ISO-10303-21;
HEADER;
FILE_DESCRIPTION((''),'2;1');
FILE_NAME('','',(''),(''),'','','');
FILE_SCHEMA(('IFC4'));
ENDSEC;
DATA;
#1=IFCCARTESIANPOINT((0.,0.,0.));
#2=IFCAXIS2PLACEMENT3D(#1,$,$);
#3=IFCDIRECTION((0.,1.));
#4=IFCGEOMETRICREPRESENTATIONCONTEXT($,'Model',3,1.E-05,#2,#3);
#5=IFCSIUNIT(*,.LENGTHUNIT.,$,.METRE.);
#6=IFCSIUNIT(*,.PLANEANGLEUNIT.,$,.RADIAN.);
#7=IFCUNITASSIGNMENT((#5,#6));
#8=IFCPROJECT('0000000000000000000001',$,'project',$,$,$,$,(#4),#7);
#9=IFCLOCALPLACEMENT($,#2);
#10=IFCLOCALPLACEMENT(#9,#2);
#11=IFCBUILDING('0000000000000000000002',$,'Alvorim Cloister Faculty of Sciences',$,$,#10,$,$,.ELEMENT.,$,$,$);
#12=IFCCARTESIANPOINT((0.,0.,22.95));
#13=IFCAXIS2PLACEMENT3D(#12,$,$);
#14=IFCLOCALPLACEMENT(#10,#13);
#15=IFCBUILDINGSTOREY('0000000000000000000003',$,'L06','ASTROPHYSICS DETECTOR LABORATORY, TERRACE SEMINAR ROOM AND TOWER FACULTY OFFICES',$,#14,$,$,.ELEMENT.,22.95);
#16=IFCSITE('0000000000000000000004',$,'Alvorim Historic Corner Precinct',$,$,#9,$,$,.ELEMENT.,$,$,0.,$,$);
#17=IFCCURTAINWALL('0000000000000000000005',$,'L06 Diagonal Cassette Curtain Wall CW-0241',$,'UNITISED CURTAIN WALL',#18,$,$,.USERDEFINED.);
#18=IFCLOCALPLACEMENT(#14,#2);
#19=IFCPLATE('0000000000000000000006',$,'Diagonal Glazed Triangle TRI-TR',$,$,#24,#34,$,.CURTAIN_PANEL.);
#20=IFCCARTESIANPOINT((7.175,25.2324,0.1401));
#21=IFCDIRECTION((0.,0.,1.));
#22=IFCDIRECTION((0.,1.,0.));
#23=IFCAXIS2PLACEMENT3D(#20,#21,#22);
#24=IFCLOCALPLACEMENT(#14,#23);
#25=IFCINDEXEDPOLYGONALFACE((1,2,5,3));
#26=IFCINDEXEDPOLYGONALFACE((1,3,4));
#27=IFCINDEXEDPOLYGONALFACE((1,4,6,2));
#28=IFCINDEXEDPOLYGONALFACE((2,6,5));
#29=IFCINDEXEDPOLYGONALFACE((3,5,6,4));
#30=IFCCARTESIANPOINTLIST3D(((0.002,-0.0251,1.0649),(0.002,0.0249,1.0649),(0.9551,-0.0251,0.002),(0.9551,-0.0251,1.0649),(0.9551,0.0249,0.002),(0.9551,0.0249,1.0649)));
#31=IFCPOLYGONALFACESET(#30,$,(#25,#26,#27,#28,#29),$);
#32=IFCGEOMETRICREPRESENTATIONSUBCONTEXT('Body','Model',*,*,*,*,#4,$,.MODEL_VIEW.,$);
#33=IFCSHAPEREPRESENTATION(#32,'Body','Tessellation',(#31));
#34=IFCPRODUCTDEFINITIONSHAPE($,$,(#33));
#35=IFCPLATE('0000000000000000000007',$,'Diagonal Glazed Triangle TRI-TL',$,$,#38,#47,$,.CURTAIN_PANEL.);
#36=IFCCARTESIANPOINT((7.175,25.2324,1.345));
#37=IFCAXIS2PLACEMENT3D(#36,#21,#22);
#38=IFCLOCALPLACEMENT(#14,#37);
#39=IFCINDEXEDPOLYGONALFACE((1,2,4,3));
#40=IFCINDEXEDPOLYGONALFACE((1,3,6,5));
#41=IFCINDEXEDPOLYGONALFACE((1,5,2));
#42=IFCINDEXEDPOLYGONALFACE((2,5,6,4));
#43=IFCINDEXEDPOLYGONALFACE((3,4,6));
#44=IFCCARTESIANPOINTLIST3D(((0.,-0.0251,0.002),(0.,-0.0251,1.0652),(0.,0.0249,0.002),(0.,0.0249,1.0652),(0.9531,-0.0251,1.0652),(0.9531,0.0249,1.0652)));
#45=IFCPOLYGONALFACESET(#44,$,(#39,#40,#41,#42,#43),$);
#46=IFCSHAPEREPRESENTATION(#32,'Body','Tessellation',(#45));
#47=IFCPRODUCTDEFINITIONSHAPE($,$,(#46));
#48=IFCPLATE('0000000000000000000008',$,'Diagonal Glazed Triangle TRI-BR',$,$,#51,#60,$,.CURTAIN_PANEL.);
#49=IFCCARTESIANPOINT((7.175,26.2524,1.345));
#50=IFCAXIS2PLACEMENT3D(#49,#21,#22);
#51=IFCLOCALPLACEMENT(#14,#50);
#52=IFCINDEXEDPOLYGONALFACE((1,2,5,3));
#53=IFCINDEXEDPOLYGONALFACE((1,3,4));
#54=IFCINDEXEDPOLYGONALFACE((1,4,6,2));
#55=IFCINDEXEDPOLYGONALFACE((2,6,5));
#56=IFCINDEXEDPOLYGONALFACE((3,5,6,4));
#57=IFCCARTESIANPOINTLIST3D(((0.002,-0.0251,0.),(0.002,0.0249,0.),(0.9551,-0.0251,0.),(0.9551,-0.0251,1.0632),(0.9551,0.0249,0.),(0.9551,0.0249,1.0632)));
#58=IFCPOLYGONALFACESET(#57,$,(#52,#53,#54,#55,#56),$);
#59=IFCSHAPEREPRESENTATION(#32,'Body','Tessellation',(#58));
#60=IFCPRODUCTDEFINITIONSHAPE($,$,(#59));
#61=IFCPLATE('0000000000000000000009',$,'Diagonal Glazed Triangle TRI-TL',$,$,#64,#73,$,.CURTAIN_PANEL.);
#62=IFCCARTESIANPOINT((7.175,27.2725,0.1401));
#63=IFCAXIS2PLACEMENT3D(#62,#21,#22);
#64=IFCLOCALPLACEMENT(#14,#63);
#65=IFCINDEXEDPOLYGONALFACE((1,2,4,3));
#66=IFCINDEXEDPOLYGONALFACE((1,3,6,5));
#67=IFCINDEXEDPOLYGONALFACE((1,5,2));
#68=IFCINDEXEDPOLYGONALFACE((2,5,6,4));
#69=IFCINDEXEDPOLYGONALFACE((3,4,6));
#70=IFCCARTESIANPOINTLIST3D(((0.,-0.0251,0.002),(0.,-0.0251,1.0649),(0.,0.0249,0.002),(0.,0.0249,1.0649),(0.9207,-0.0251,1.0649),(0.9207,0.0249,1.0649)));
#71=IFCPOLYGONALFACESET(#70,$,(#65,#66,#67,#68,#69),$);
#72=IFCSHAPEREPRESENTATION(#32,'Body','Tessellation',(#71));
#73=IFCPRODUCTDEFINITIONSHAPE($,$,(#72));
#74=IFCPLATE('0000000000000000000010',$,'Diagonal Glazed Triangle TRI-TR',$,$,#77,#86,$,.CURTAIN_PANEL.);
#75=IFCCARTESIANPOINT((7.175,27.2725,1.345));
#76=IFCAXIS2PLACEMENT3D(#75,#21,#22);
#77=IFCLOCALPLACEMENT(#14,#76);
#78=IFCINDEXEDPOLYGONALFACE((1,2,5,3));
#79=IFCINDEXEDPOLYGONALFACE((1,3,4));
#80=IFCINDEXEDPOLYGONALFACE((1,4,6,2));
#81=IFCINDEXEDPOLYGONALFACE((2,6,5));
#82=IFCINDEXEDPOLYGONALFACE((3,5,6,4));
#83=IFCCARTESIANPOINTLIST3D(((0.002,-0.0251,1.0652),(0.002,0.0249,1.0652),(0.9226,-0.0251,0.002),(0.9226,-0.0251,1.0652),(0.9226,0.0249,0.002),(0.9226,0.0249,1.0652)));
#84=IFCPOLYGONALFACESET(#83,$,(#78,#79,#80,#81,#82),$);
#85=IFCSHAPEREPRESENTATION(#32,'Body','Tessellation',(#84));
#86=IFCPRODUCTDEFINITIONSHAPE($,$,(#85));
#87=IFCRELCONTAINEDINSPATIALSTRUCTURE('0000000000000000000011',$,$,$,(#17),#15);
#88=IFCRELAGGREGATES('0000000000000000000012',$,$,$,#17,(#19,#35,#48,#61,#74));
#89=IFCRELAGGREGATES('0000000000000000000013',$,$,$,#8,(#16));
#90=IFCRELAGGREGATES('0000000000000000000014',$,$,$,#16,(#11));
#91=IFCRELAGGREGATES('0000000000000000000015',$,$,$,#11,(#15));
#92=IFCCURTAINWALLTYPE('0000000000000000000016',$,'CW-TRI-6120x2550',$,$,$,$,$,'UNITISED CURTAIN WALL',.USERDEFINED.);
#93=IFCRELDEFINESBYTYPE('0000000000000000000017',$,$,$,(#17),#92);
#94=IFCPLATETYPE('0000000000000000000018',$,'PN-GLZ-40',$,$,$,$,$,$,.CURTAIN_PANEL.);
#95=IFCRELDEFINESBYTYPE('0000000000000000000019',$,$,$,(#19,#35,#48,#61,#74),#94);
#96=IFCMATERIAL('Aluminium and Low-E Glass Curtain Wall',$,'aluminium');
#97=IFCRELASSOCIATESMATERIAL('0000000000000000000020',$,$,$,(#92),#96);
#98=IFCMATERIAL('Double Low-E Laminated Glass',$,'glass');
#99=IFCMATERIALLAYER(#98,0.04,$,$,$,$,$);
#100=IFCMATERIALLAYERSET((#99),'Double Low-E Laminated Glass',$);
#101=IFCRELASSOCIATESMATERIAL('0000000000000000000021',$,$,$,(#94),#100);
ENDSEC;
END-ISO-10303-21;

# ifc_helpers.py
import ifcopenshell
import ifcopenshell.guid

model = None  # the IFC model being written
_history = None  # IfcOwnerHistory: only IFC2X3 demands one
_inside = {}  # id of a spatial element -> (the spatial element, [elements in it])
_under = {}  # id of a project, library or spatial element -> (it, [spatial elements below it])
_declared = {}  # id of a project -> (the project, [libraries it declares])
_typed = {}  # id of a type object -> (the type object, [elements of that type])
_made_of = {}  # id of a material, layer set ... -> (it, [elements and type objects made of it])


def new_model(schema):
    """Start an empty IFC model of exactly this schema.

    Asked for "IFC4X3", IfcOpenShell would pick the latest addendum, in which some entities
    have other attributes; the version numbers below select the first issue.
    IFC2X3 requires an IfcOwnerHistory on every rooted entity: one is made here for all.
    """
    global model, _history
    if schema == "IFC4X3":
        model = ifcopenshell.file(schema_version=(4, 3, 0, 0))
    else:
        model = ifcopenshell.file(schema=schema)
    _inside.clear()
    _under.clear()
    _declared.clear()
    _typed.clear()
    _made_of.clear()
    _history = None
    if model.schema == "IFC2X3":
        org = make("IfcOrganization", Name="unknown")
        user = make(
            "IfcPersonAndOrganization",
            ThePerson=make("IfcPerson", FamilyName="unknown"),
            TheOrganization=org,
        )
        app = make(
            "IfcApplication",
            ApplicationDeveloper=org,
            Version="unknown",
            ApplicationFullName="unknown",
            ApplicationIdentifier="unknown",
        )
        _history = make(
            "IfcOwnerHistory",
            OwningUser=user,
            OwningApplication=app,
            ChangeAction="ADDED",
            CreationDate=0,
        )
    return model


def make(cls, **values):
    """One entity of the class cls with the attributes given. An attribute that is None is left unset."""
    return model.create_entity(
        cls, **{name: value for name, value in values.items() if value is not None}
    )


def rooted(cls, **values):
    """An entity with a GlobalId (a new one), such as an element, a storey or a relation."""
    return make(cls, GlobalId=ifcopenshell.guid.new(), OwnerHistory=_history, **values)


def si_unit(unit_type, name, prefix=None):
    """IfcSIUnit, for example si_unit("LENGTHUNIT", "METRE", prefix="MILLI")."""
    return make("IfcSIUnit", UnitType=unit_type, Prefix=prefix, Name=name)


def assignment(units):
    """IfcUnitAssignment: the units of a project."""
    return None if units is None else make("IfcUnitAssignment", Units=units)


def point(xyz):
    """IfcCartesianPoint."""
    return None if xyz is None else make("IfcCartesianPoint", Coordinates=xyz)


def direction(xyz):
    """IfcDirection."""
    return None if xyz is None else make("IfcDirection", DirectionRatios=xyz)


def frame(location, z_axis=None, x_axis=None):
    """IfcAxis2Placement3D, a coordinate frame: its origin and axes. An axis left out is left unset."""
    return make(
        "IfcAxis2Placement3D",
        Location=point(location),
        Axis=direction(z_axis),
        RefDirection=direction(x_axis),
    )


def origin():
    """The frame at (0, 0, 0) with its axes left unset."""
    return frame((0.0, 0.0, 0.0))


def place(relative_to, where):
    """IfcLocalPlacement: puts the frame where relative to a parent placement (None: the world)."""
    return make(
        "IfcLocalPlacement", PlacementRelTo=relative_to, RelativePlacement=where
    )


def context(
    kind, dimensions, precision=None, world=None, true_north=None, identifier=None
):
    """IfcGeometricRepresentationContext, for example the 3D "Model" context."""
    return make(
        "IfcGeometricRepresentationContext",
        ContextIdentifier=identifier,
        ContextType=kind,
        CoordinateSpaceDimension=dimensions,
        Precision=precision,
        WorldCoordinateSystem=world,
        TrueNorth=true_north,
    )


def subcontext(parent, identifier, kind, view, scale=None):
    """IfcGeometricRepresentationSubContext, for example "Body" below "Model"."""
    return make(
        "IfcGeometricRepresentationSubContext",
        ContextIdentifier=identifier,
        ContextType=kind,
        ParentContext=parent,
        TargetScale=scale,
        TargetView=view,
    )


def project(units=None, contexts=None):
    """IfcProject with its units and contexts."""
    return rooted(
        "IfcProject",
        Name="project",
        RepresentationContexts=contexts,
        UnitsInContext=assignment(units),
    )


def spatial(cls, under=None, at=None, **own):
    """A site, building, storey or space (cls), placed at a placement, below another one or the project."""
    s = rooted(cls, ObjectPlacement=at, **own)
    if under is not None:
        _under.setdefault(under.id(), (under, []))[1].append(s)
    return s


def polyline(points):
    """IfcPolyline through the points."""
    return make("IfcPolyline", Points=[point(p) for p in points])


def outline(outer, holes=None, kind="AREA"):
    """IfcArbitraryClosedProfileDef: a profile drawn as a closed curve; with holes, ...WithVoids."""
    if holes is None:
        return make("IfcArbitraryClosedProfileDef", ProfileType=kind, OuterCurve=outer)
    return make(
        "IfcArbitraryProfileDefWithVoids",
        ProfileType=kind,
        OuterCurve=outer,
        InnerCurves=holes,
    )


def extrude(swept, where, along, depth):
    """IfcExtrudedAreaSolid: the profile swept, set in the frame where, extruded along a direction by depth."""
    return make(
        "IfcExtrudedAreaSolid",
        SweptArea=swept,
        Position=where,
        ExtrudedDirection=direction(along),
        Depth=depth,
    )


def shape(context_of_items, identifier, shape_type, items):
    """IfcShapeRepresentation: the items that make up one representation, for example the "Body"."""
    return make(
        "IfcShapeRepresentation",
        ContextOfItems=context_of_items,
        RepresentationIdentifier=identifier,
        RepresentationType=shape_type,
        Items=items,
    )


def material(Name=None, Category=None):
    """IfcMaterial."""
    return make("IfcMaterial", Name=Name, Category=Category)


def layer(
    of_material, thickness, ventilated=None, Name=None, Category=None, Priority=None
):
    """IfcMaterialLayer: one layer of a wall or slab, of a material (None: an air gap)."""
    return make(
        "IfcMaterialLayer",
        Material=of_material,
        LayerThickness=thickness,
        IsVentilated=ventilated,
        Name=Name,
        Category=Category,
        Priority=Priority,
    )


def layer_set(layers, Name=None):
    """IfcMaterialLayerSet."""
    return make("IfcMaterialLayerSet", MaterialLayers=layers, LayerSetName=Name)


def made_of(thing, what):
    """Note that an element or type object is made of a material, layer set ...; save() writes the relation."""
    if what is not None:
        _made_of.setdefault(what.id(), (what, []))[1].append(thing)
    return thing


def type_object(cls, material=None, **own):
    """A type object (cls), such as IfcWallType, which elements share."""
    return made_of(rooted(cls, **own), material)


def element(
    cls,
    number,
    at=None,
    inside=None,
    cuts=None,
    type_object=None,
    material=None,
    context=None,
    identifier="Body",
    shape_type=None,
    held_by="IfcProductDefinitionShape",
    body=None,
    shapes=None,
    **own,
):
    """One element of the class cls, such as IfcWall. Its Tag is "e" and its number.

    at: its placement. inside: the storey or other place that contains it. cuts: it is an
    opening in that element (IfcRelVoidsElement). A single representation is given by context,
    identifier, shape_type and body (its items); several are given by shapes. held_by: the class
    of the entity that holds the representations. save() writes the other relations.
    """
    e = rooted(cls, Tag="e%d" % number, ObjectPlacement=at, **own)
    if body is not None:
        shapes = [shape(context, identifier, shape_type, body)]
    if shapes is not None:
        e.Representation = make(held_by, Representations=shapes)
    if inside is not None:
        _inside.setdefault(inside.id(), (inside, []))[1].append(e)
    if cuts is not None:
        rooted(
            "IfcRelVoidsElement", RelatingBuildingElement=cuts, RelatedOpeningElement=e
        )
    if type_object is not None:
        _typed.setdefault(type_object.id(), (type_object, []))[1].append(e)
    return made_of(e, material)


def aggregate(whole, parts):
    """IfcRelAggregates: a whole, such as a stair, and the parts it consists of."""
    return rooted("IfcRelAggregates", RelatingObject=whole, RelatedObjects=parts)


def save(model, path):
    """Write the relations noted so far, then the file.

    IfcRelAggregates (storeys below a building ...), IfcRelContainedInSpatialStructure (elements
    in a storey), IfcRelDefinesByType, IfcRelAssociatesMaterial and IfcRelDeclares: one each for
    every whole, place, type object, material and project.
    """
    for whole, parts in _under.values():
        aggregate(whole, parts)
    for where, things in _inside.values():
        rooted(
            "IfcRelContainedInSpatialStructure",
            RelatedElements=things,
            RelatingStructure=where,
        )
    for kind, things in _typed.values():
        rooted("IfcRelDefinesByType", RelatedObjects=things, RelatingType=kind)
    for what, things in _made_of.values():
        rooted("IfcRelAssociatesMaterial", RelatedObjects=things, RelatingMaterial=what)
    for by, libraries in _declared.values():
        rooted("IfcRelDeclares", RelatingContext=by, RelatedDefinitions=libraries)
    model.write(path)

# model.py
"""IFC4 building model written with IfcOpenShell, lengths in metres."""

from ifc_helpers import new_model, si_unit, direction, frame, origin, place, context, subcontext, project, spatial, polyline, outline, extrude, material, layer, layer_set, type_object, element, aggregate, save


model = new_model("IFC4")

# Units and contexts
model_context = context("Model", 3, precision=1e-05, world=origin(), true_north=direction((0.0, 1.0)))
body_context = subcontext(model_context, "Body", "Model", "MODEL_VIEW")
ifc_project = project(units=[si_unit("LENGTHUNIT", "METRE"), si_unit("PLANEANGLEUNIT", "RADIAN")], contexts=[model_context])

# Site, building, storey
site_placement = place(None, origin())
site = spatial("IfcSite", under=ifc_project, at=site_placement, Name="Alvorim Historic Corner Precinct", CompositionType="ELEMENT", RefElevation=0.0)
building_placement = place(site_placement, origin())
building = spatial("IfcBuilding", under=site, at=building_placement, Name="Alvorim Cloister Faculty of Sciences", CompositionType="ELEMENT")
storey_placement = place(building_placement, frame((0.0, 0.0, 22.95)))
storey = spatial("IfcBuildingStorey", under=building, at=storey_placement, Name="L06", Description="ASTROPHYSICS DETECTOR LABORATORY, TERRACE SEMINAR ROOM AND TOWER FACULTY OFFICES", CompositionType="ELEMENT", Elevation=22.95)

# Curtain wall, plates
ifc_material_1 = material(Name="Aluminium and Low-E Glass Curtain Wall", Category="aluminium")
curtain_wall_type = type_object("IfcCurtainWallType", Name="CW-TRI-6120x2550", ElementType="UNITISED CURTAIN WALL", PredefinedType="USERDEFINED", material=ifc_material_1)
curtain_wall_placement = place(storey_placement, origin())
curtain_wall = element("IfcCurtainWall", 1, at=curtain_wall_placement, inside=storey, type_object=curtain_wall_type, Name="L06 Diagonal Cassette Curtain Wall CW-0241", ObjectType="UNITISED CURTAIN WALL", PredefinedType="USERDEFINED")
ifc_material_2 = material(Name="Double Low-E Laminated Glass", Category="glass")
ifc_layer = layer(ifc_material_2, 0.04)
ifc_layer_set = layer_set([ifc_layer], Name="Double Low-E Laminated Glass")
plate_type = type_object("IfcPlateType", Name="PN-GLZ-40", PredefinedType="CURTAIN_PANEL", material=ifc_layer_set)
plate_1_placement = place(storey_placement, frame((7.175, 25.2324, 0.1401), z_axis=(0.0, 0.0, 1.0), x_axis=(0.0, 1.0, 0.0)))
plate_1 = element("IfcPlate", 2, at=plate_1_placement, type_object=plate_type, Name="Diagonal Glazed Triangle TRI-TR", PredefinedType="CURTAIN_PANEL", context=body_context, shape_type="SweptSolid", body=[
    extrude(outline(polyline([(0.9551, 0.002), (0.9551, 1.0649), (0.002, 1.0649), (0.9551, 0.002)])), frame((0.0, 0.0249, 0.0), z_axis=(0.0, -1.0, 0.0), x_axis=(1.0, 0.0, 0.0)), (0.0, 0.0, 1.0), 0.05),
])
plate_2_placement = place(storey_placement, frame((7.175, 25.2324, 1.345), z_axis=(0.0, 0.0, 1.0), x_axis=(0.0, 1.0, 0.0)))
plate_2 = element("IfcPlate", 3, at=plate_2_placement, type_object=plate_type, Name="Diagonal Glazed Triangle TRI-TL", PredefinedType="CURTAIN_PANEL", context=body_context, shape_type="SweptSolid", body=[
    extrude(outline(polyline([(0.9531, 1.0652), (0.0, 1.0652), (0.0, 0.002), (0.9531, 1.0652)])), frame((0.0, 0.0249, 0.0), z_axis=(0.0, -1.0, 0.0), x_axis=(1.0, 0.0, 0.0)), (0.0, 0.0, 1.0), 0.05),
])
plate_3_placement = place(storey_placement, frame((7.175, 26.2524, 1.345), z_axis=(0.0, 0.0, 1.0), x_axis=(0.0, 1.0, 0.0)))
plate_3 = element("IfcPlate", 4, at=plate_3_placement, type_object=plate_type, Name="Diagonal Glazed Triangle TRI-BR", PredefinedType="CURTAIN_PANEL", context=body_context, shape_type="SweptSolid", body=[
    extrude(outline(polyline([(0.002, 0.0), (0.9551, 0.0), (0.9551, 1.0632), (0.002, 0.0)])), frame((0.0, 0.0249, 0.0), z_axis=(0.0, -1.0, 0.0), x_axis=(1.0, 0.0, 0.0)), (0.0, 0.0, 1.0), 0.05),
])
plate_4_placement = place(storey_placement, frame((7.175, 27.2725, 0.1401), z_axis=(0.0, 0.0, 1.0), x_axis=(0.0, 1.0, 0.0)))
plate_4 = element("IfcPlate", 5, at=plate_4_placement, type_object=plate_type, Name="Diagonal Glazed Triangle TRI-TL", PredefinedType="CURTAIN_PANEL", context=body_context, shape_type="SweptSolid", body=[
    extrude(outline(polyline([(0.9207, 1.0649), (0.0, 1.0649), (0.0, 0.002), (0.9207, 1.0649)])), frame((0.0, 0.0249, 0.0), z_axis=(0.0, -1.0, 0.0), x_axis=(1.0, 0.0, 0.0)), (0.0, 0.0, 1.0), 0.05),
])
plate_5_placement = place(storey_placement, frame((7.175, 27.2725, 1.345), z_axis=(0.0, 0.0, 1.0), x_axis=(0.0, 1.0, 0.0)))
plate_5 = element("IfcPlate", 6, at=plate_5_placement, type_object=plate_type, Name="Diagonal Glazed Triangle TRI-TR", PredefinedType="CURTAIN_PANEL", context=body_context, shape_type="SweptSolid", body=[
    extrude(outline(polyline([(0.9226, 0.002), (0.9226, 1.0652), (0.002, 1.0652), (0.9226, 0.002)])), frame((0.0, 0.0249, 0.0), z_axis=(0.0, -1.0, 0.0), x_axis=(1.0, 0.0, 0.0)), (0.0, 0.0, 1.0), 0.05),
])
aggregate(curtain_wall, [plate_1, plate_2, plate_3, plate_4, plate_5])

save(model, "model.ifc")
